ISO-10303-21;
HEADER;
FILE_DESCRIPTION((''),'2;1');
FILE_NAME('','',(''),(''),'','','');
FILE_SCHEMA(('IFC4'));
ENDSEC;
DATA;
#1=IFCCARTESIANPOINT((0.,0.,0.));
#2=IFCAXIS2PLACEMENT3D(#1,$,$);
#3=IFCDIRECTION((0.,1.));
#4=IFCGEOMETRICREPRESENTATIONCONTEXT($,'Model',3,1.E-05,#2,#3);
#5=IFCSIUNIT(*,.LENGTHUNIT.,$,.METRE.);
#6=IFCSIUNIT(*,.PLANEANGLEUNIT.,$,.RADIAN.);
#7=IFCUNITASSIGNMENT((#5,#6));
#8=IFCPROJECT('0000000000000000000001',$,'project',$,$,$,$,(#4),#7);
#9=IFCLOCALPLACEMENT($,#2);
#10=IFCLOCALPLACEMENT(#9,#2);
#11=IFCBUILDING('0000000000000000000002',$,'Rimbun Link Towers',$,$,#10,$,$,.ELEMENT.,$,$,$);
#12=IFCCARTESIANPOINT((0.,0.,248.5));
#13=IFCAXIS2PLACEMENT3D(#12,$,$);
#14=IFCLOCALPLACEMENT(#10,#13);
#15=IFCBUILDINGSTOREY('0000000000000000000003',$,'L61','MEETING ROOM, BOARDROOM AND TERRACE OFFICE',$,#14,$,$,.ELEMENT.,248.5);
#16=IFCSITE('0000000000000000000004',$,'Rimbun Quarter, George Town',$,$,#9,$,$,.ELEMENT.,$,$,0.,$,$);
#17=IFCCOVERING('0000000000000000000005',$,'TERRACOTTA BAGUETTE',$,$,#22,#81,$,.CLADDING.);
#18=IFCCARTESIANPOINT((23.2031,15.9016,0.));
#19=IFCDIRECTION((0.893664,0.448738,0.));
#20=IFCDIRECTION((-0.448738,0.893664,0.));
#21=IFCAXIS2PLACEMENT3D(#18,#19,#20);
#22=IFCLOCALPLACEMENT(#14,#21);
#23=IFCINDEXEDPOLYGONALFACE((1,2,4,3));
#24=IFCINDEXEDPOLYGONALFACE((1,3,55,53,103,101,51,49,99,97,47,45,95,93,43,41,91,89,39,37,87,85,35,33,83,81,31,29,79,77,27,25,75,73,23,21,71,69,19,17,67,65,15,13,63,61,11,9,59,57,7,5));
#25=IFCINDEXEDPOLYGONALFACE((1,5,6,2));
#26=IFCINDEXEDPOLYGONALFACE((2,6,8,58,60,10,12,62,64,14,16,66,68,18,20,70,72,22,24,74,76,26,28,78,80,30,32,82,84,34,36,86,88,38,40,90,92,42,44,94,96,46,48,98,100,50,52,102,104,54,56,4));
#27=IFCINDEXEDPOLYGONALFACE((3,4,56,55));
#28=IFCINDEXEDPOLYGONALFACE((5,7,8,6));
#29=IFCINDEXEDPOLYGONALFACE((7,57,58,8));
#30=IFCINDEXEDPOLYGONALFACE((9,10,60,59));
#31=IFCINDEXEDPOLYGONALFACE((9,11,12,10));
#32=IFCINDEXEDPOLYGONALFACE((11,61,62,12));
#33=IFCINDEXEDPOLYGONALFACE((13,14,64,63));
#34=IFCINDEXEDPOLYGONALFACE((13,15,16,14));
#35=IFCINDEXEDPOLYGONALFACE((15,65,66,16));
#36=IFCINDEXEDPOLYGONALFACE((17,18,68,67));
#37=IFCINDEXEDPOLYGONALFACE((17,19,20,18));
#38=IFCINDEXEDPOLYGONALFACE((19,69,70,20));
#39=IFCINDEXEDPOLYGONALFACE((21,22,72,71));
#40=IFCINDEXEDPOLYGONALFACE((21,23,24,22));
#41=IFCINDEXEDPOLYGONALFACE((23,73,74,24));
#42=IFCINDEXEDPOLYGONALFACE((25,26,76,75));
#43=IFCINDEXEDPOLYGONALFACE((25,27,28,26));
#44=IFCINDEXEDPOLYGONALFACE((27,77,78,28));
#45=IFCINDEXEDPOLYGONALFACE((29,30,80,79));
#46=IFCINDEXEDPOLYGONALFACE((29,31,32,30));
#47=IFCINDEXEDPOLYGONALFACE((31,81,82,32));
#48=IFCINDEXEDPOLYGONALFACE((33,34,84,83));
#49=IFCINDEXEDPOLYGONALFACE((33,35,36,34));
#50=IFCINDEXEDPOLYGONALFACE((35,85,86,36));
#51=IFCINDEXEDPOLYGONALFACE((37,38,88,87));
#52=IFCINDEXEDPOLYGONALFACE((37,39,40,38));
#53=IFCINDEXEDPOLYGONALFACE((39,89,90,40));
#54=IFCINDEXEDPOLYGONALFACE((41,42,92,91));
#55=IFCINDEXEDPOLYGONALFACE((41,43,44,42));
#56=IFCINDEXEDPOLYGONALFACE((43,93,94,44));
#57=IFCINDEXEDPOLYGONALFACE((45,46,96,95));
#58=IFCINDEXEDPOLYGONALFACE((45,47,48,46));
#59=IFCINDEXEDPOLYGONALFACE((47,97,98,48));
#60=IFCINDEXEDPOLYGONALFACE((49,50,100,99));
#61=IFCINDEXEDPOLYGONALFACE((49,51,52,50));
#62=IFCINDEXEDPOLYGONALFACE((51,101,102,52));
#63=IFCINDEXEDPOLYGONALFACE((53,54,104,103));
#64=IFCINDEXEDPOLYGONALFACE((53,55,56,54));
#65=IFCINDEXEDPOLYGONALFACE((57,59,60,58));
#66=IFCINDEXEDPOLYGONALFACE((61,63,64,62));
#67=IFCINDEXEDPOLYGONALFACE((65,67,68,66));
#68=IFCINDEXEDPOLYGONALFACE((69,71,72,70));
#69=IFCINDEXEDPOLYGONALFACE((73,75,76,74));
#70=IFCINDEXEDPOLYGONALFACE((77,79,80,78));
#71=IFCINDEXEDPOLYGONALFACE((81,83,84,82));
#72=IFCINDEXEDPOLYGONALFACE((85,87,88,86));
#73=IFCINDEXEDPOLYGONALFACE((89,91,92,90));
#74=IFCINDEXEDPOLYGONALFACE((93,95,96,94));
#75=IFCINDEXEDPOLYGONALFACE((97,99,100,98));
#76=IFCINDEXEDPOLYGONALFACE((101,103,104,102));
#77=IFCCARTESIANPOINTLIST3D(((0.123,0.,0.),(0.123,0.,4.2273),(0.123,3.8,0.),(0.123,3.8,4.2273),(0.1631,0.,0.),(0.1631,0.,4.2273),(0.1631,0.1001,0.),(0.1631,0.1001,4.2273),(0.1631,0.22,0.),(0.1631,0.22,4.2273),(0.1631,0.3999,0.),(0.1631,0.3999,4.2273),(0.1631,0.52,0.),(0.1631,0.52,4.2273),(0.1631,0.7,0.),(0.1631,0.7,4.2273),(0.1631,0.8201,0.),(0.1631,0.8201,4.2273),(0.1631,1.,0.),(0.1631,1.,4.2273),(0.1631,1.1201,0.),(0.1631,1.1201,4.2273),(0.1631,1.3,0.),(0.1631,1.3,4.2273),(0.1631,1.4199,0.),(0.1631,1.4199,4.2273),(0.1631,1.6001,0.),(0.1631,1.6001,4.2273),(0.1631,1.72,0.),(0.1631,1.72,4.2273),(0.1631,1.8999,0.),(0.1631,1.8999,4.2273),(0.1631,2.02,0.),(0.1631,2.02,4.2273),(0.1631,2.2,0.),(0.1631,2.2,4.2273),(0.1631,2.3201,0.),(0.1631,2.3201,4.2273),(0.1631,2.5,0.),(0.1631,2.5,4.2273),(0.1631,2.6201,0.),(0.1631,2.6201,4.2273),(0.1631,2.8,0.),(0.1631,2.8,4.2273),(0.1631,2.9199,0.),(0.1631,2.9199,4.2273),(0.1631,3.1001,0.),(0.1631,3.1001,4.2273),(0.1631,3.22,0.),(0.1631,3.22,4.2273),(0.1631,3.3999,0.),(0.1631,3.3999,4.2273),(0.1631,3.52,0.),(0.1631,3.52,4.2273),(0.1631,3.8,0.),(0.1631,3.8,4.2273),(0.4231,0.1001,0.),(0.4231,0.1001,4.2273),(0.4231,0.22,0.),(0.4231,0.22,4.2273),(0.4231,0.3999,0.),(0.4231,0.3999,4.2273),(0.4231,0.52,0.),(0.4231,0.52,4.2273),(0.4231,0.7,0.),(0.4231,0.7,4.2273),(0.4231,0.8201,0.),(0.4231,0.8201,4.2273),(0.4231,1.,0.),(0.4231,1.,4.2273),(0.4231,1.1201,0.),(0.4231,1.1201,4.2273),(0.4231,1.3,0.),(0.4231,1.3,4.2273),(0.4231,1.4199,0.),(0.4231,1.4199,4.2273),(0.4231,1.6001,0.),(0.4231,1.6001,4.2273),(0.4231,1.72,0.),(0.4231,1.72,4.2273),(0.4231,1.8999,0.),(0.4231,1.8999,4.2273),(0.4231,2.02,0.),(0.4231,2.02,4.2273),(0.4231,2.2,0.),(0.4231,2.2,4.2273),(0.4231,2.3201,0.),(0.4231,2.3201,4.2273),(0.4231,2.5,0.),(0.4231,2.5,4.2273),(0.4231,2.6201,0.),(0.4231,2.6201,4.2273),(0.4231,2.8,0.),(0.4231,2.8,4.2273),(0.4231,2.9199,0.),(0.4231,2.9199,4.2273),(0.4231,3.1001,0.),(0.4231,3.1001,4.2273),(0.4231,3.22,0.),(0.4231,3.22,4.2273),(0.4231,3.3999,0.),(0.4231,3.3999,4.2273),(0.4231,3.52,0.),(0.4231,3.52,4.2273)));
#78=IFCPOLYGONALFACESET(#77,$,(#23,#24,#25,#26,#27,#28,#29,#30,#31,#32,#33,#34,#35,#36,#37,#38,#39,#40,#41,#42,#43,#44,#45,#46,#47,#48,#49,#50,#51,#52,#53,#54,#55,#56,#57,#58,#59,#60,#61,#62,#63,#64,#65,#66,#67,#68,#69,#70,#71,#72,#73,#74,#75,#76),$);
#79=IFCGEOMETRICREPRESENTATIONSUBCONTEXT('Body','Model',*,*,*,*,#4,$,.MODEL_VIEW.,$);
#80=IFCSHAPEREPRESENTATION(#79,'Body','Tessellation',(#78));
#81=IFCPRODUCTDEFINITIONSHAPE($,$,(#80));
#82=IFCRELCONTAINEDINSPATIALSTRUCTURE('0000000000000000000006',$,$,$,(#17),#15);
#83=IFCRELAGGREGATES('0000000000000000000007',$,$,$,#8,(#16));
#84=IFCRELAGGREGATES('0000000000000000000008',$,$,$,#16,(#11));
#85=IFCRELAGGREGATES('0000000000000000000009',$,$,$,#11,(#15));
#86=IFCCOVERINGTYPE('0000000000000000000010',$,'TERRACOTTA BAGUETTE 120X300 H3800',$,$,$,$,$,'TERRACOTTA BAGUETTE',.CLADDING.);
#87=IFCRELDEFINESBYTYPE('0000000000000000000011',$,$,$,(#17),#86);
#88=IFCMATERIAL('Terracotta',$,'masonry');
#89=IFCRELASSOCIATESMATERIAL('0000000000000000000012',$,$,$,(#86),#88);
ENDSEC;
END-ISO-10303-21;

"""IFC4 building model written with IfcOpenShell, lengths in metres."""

from ifc_helpers import new_model, si_unit, direction, frame, origin, place, context, subcontext, project, spatial, polyline, outline, extrude, material, material_profile, profile_set, type_object, element, save


model = new_model("IFC4")

# Units and contexts
model_context = context("Model", 3, precision=1e-05, world=origin(), true_north=direction((0.0, 1.0)))
body_context = subcontext(model_context, "Body", "Model", "MODEL_VIEW")
ifc_project = project(units=[si_unit("LENGTHUNIT", "METRE"), si_unit("PLANEANGLEUNIT", "RADIAN")], contexts=[model_context])

# Site, building, storey
site_placement = place(None, origin())
site = spatial("IfcSite", under=ifc_project, at=site_placement, Name="Rimbun Quarter, George Town", CompositionType="ELEMENT", RefElevation=0.0)
building_placement = place(site_placement, origin())
building = spatial("IfcBuilding", under=site, at=building_placement, Name="Rimbun Link Towers", CompositionType="ELEMENT")
storey_placement = place(building_placement, frame((0.0, 0.0, 248.5)))
storey = spatial("IfcBuildingStorey", under=building, at=storey_placement, Name="L61", Description="MEETING ROOM, BOARDROOM AND TERRACE OFFICE", CompositionType="ELEMENT", Elevation=248.5)

# Covering
ifc_material_1 = material(Name="Terracotta", Category="masonry")
ifc_material_profile_1 = material_profile(ifc_material_1, outline(polyline([(0.123, 0.0), (0.1631, 0.0), (0.1631, 0.1001), (0.4231, 0.1001), (0.4231, 0.22), (0.1631, 0.22), (0.1631, 0.3999), (0.4231, 0.3999), (0.4231, 0.52), (0.1631, 0.52), (0.1631, 0.7), (0.4231, 0.7), (0.4231, 0.8201), (0.1631, 0.8201), (0.1631, 1.0), (0.4231, 1.0), (0.4231, 1.1201), (0.1631, 1.1201), (0.1631, 1.3), (0.4231, 1.3), (0.4231, 1.4199), (0.1631, 1.4199), (0.1631, 1.6001), (0.4231, 1.6001), (0.4231, 1.72), (0.1631, 1.72), (0.1631, 1.8999), (0.4231, 1.8999), (0.4231, 2.02), (0.1631, 2.02), (0.1631, 2.2), (0.4231, 2.2), (0.4231, 2.3201), (0.1631, 2.3201), (0.1631, 2.5), (0.4231, 2.5), (0.4231, 2.6201), (0.1631, 2.6201), (0.1631, 2.8), (0.4231, 2.8), (0.4231, 2.9199), (0.1631, 2.9199), (0.1631, 3.1001), (0.4231, 3.1001), (0.4231, 3.22), (0.1631, 3.22), (0.1631, 3.3999), (0.4231, 3.3999), (0.4231, 3.52), (0.1631, 3.52), (0.1631, 3.8), (0.123, 3.8), (0.123, 0.0)])), Name="BAGUETTE 120X300")
ifc_profile_set_1 = profile_set([ifc_material_profile_1], Name="Terracotta")
covering_type = type_object("IfcCoveringType", Name="TERRACOTTA BAGUETTE 120X300 H3800", ElementType="TERRACOTTA BAGUETTE", PredefinedType="CLADDING", material=ifc_profile_set_1)
covering_1_placement = place(storey_placement, frame((23.2031, 15.9016, 0.0), z_axis=(0.893664, 0.448738, 0.0), x_axis=(-0.448738, 0.893664, 0.0)))
element("IfcCovering", 1, at=covering_1_placement, inside=storey, type_object=covering_type, Name="TERRACOTTA BAGUETTE", PredefinedType="CLADDING", context=body_context, shape_type="SweptSolid", body=[
    extrude(outline(polyline([(0.123, 0.0), (0.1631, 0.0), (0.1631, 0.1001), (0.4231, 0.1001), (0.4231, 0.22), (0.1631, 0.22), (0.1631, 0.3999), (0.4231, 0.3999), (0.4231, 0.52), (0.1631, 0.52), (0.1631, 0.7), (0.4231, 0.7), (0.4231, 0.8201), (0.1631, 0.8201), (0.1631, 1.0), (0.4231, 1.0), (0.4231, 1.1201), (0.1631, 1.1201), (0.1631, 1.3), (0.4231, 1.3), (0.4231, 1.4199), (0.1631, 1.4199), (0.1631, 1.6001), (0.4231, 1.6001), (0.4231, 1.72), (0.1631, 1.72), (0.1631, 1.8999), (0.4231, 1.8999), (0.4231, 2.02), (0.1631, 2.02), (0.1631, 2.2), (0.4231, 2.2), (0.4231, 2.3201), (0.1631, 2.3201), (0.1631, 2.5), (0.4231, 2.5), (0.4231, 2.6201), (0.1631, 2.6201), (0.1631, 2.8), (0.4231, 2.8), (0.4231, 2.9199), (0.1631, 2.9199), (0.1631, 3.1001), (0.4231, 3.1001), (0.4231, 3.22), (0.1631, 3.22), (0.1631, 3.3999), (0.4231, 3.3999), (0.4231, 3.52), (0.1631, 3.52), (0.1631, 3.8), (0.123, 3.8), (0.123, 0.0)])), origin(), (0.0, 0.0, 1.0), 4.2273),
])

save(model, "model.ifc")
